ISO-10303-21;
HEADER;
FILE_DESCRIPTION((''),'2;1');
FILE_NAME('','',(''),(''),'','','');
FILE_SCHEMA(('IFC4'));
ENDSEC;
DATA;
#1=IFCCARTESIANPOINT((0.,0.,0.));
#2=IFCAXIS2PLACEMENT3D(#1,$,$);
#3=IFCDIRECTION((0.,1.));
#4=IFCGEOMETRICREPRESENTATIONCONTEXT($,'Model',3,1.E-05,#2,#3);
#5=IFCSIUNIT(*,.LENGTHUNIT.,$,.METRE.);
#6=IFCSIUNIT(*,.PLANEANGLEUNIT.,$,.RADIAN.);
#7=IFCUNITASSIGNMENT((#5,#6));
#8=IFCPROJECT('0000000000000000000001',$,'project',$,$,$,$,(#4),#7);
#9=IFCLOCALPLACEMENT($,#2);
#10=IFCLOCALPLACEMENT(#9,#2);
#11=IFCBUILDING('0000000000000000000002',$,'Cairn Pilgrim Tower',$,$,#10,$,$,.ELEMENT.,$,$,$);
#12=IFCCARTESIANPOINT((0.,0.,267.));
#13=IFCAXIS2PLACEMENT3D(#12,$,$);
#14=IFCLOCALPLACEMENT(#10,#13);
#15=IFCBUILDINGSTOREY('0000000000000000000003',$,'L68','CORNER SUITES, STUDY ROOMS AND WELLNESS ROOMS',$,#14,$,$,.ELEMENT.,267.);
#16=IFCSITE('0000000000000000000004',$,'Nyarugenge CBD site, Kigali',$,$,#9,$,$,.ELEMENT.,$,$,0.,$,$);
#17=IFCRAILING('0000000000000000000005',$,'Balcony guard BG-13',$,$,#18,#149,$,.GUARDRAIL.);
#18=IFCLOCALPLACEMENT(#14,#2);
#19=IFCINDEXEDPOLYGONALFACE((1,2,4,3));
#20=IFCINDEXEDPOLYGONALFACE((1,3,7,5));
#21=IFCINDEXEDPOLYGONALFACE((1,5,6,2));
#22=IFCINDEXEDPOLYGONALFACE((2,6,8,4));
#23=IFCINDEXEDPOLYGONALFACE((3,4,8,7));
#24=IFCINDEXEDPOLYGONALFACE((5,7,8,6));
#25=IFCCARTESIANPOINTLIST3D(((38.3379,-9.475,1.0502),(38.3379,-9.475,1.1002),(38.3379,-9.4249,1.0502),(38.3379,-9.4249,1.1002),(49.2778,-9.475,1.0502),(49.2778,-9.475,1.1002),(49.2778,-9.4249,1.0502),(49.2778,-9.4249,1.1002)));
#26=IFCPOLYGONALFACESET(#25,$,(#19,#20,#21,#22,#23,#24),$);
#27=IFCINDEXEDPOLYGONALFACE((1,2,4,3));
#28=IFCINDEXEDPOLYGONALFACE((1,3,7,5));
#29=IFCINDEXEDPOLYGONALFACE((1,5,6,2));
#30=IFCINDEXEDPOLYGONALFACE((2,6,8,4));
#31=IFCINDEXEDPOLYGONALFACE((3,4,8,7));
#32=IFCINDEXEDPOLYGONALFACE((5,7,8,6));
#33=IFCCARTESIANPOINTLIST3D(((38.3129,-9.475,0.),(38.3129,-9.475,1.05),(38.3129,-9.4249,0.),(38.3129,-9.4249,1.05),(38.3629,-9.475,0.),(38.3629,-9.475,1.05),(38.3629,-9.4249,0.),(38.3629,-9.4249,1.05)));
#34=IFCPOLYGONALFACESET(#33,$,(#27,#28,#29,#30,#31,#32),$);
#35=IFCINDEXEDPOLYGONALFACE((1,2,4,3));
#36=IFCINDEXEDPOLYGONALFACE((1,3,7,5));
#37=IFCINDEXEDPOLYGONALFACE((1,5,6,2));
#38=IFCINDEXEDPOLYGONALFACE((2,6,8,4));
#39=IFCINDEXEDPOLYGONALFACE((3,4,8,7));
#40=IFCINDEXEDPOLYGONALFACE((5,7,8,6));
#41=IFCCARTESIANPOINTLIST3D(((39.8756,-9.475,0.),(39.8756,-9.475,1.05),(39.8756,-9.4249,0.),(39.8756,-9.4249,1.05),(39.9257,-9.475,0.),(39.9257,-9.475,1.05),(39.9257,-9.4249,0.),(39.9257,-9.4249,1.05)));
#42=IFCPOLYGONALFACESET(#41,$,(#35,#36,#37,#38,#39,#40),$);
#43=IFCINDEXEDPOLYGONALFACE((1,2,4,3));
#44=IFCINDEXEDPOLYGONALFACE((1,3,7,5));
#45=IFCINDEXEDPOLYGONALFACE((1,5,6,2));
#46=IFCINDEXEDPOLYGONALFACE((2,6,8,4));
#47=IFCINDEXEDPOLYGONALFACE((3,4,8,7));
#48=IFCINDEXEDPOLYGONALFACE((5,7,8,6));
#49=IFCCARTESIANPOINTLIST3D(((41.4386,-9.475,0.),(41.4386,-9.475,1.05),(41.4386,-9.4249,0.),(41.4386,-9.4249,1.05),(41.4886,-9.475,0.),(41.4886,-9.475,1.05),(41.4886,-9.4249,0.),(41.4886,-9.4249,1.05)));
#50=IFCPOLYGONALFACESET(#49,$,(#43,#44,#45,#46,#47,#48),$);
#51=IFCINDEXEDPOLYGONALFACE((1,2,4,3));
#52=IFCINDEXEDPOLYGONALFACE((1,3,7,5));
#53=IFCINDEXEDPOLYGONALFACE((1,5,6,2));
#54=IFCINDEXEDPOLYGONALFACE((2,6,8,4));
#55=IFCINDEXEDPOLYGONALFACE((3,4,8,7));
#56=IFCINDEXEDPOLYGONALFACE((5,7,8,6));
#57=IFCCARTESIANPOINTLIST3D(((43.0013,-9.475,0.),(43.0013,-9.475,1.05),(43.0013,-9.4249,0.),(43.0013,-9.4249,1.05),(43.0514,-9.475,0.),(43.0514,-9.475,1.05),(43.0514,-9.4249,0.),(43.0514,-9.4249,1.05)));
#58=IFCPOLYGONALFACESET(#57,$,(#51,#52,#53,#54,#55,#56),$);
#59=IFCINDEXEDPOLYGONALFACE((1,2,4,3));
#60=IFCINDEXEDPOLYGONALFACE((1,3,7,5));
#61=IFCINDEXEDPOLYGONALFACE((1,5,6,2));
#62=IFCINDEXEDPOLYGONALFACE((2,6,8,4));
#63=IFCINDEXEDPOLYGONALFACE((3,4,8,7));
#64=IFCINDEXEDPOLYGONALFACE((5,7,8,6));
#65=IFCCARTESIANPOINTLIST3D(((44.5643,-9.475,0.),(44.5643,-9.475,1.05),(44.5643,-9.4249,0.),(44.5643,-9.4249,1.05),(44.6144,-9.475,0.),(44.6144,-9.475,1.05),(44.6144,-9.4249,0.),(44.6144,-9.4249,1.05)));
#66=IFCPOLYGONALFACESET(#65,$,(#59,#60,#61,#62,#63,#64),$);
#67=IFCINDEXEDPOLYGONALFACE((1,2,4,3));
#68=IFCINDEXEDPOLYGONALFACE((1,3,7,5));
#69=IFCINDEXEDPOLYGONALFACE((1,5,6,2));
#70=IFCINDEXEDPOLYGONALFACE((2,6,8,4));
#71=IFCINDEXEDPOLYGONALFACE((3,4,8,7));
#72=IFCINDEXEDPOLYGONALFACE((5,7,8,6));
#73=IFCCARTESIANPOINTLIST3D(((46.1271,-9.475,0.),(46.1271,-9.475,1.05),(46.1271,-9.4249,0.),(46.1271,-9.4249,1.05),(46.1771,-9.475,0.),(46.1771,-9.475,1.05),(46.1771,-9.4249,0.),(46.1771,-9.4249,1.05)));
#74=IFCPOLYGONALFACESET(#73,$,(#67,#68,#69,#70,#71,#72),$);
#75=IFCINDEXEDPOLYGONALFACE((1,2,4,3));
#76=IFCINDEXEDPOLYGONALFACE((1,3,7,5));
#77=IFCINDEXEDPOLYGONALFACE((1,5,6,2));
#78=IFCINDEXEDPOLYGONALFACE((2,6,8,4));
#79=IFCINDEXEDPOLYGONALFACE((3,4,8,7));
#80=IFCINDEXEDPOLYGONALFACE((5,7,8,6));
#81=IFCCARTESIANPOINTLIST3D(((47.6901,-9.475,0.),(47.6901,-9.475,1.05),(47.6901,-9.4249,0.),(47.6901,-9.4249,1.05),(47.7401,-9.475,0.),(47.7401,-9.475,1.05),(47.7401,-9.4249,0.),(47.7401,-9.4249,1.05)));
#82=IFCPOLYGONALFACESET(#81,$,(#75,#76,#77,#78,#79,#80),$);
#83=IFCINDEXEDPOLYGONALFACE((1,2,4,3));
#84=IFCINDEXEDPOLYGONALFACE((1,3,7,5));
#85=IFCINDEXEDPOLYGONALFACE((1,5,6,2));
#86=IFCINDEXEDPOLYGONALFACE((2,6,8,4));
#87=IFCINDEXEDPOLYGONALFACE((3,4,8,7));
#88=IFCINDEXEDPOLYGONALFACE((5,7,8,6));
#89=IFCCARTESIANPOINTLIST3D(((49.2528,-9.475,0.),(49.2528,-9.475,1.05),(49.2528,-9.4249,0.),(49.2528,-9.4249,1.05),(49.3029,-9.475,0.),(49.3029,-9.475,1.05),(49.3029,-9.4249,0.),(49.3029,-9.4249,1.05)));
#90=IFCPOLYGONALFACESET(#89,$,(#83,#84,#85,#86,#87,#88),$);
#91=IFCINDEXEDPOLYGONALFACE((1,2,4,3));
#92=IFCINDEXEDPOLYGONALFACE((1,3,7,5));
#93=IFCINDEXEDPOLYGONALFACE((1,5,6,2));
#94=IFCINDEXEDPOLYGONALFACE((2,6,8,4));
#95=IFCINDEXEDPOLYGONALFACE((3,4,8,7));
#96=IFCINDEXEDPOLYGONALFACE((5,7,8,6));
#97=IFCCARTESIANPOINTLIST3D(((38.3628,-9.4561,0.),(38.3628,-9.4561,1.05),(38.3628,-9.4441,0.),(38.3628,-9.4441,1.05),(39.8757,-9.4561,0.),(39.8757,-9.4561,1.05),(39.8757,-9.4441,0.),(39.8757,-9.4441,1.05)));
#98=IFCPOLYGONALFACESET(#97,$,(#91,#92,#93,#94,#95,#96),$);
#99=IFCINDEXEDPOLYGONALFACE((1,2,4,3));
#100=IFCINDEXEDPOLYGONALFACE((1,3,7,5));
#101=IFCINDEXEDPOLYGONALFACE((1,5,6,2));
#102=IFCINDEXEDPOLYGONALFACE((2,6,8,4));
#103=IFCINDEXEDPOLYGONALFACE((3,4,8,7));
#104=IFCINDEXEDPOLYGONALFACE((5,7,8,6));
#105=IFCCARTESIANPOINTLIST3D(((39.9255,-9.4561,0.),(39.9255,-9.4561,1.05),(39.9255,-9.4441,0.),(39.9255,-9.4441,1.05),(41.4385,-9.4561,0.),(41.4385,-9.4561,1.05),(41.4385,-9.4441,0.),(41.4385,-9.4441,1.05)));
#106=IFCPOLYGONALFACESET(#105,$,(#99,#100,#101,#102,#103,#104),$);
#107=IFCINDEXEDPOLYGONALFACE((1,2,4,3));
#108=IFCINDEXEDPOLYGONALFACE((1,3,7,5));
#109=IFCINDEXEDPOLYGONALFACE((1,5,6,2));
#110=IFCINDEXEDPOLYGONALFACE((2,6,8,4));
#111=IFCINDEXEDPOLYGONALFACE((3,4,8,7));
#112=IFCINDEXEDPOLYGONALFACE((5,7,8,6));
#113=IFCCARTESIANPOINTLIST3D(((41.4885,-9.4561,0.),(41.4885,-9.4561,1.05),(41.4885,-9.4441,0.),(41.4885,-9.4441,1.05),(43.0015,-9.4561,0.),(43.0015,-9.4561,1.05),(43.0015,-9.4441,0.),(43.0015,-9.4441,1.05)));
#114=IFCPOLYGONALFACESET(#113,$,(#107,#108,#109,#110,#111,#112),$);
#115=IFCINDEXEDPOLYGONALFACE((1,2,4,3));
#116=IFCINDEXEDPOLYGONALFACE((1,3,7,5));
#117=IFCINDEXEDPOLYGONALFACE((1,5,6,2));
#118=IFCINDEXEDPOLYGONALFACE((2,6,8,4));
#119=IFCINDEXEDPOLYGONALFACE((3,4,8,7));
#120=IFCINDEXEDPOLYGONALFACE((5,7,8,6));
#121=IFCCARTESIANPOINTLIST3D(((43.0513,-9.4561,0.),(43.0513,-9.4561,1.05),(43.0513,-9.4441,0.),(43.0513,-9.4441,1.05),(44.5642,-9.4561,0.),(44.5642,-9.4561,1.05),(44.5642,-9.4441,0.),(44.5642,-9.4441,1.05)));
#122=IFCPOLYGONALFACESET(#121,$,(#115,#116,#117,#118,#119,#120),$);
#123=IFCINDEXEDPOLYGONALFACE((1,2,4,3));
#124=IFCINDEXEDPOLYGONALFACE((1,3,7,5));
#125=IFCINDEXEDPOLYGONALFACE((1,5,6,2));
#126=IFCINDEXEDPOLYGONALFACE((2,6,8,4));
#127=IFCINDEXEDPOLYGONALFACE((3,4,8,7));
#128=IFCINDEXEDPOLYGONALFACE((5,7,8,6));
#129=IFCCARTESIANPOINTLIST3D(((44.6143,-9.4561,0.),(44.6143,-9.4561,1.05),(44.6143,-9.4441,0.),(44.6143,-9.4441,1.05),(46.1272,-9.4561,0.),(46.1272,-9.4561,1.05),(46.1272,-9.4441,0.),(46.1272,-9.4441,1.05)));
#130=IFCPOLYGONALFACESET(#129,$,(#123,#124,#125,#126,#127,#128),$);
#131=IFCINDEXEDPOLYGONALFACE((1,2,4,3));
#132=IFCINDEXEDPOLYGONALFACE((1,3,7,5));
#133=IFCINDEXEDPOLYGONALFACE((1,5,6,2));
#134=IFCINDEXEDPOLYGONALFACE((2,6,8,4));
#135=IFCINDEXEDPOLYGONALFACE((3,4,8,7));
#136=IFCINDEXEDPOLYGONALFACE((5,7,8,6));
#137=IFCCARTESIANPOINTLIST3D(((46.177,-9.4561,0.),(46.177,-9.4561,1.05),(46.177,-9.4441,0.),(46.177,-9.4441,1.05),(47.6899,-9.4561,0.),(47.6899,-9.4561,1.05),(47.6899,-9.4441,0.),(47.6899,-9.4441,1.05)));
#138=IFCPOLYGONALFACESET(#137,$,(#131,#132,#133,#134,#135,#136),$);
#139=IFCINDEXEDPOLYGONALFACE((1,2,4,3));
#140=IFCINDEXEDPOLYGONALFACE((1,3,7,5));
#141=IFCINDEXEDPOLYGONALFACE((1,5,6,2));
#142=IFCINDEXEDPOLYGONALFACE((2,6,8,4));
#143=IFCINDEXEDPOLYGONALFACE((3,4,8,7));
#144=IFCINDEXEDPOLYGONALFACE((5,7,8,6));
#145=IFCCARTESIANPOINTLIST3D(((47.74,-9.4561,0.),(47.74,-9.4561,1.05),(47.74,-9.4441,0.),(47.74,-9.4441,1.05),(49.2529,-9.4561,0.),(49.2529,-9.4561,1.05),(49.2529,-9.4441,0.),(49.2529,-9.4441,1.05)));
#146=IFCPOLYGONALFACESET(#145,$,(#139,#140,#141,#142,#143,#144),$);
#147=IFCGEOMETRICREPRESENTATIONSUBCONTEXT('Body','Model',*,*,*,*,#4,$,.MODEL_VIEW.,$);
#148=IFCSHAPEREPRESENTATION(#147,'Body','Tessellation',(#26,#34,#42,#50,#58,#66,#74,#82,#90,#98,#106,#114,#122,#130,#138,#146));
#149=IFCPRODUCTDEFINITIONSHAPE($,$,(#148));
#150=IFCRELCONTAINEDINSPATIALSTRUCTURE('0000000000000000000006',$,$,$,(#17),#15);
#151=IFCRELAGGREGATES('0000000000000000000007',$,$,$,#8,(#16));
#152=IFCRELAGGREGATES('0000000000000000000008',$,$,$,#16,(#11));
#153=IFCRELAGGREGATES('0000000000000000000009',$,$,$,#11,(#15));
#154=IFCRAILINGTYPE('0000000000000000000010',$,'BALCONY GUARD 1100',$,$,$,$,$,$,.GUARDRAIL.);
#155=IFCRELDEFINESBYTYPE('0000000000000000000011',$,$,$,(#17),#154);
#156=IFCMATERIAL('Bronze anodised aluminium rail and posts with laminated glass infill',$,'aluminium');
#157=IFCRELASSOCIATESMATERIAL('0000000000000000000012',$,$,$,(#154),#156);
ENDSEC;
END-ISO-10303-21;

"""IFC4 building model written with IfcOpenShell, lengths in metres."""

from ifc_helpers import new_model, si_unit, direction, frame, origin, origin_2d, place, context, subcontext, project, spatial, polyline, rectangle, outline, extrude, material, type_object, element, save


model = new_model("IFC4")

# Units and contexts
model_context = context("Model", 3, precision=1e-05, world=origin(), true_north=direction((0.0, 1.0)))
body_context = subcontext(model_context, "Body", "Model", "MODEL_VIEW")
ifc_project = project(units=[si_unit("LENGTHUNIT", "METRE"), si_unit("PLANEANGLEUNIT", "RADIAN")], contexts=[model_context])

# Site, building, storey
site_placement = place(None, origin())
site = spatial("IfcSite", under=ifc_project, at=site_placement, Name="Nyarugenge CBD site, Kigali", CompositionType="ELEMENT", RefElevation=0.0)
building_placement = place(site_placement, origin())
building = spatial("IfcBuilding", under=site, at=building_placement, Name="Cairn Pilgrim Tower", CompositionType="ELEMENT")
storey_placement = place(building_placement, frame((0.0, 0.0, 267.0)))
storey = spatial("IfcBuildingStorey", under=building, at=storey_placement, Name="L68", Description="CORNER SUITES, STUDY ROOMS AND WELLNESS ROOMS", CompositionType="ELEMENT", Elevation=267.0)

# Railing
ifc_material_1 = material(Name="Bronze anodised aluminium rail and posts with laminated glass infill", Category="aluminium")
railing_type = type_object("IfcRailingType", Name="BALCONY GUARD 1100", PredefinedType="GUARDRAIL", material=ifc_material_1)
railing_placement = place(storey_placement, frame((38.3379, -9.45, 0.0)))
element("IfcRailing", 1, at=railing_placement, inside=storey, type_object=railing_type, Name="Balcony guard BG-13", PredefinedType="GUARDRAIL", context=body_context, shape_type="SweptSolid", body=[
    extrude(rectangle(XDim=0.05, YDim=0.05, at=origin_2d()), frame((0.0, 0.0, 1.0752), z_axis=(1.0, 0.0, 0.0), x_axis=(0.0, 1.0, 0.0)), (0.0, 0.0, 1.0), 10.9399),
    extrude(rectangle(XDim=0.05, YDim=0.05, at=origin_2d()), origin(), (0.0, 0.0, 1.0), 1.05),
    extrude(rectangle(XDim=0.05, YDim=0.05, at=origin_2d()), frame((1.5627, 0.0, 0.0)), (0.0, 0.0, 1.0), 1.05),
    extrude(rectangle(XDim=0.05, YDim=0.05, at=origin_2d()), frame((3.1257, 0.0, 0.0)), (0.0, 0.0, 1.0), 1.05),
    extrude(rectangle(XDim=0.05, YDim=0.05, at=origin_2d()), frame((4.6885, 0.0, 0.0)), (0.0, 0.0, 1.0), 1.05),
    extrude(rectangle(XDim=0.05, YDim=0.05, at=origin_2d()), frame((6.2515, 0.0, 0.0)), (0.0, 0.0, 1.0), 1.05),
    extrude(rectangle(XDim=0.05, YDim=0.05, at=origin_2d()), frame((7.8142, 0.0, 0.0)), (0.0, 0.0, 1.0), 1.05),
    extrude(rectangle(XDim=0.05, YDim=0.05, at=origin_2d()), frame((9.3772, 0.0, 0.0)), (0.0, 0.0, 1.0), 1.05),
    extrude(rectangle(XDim=0.05, YDim=0.05, at=origin_2d()), frame((10.9399, 0.0, 0.0)), (0.0, 0.0, 1.0), 1.05),
    extrude(outline(polyline([(0.0249, 0.0), (1.5378, 0.0), (1.5378, 1.05), (0.0249, 1.05), (0.0249, 0.0)])), frame((0.0, 0.0059, 0.0), z_axis=(0.0, -1.0, 0.0), x_axis=(1.0, 0.0, 0.0)), (0.0, 0.0, 1.0), 0.012),
    extrude(outline(polyline([(0.0249, 0.0), (1.5378, 0.0), (1.5378, 1.05), (0.0249, 1.05), (0.0249, 0.0)])), frame((1.5627, 0.0059, 0.0), z_axis=(0.0, -1.0, 0.0), x_axis=(1.0, 0.0, 0.0)), (0.0, 0.0, 1.0), 0.012),
    extrude(outline(polyline([(0.0249, 0.0), (1.5378, 0.0), (1.5378, 1.05), (0.0249, 1.05), (0.0249, 0.0)])), frame((3.1257, 0.0059, 0.0), z_axis=(0.0, -1.0, 0.0), x_axis=(1.0, 0.0, 0.0)), (0.0, 0.0, 1.0), 0.012),
    extrude(outline(polyline([(0.0249, 0.0), (1.5378, 0.0), (1.5378, 1.05), (0.0249, 1.05), (0.0249, 0.0)])), frame((4.6885, 0.0059, 0.0), z_axis=(0.0, -1.0, 0.0), x_axis=(1.0, 0.0, 0.0)), (0.0, 0.0, 1.0), 0.012),
    extrude(outline(polyline([(0.0249, 0.0), (1.5378, 0.0), (1.5378, 1.05), (0.0249, 1.05), (0.0249, 0.0)])), frame((6.2515, 0.0059, 0.0), z_axis=(0.0, -1.0, 0.0), x_axis=(1.0, 0.0, 0.0)), (0.0, 0.0, 1.0), 0.012),
    extrude(outline(polyline([(0.0249, 0.0), (1.5378, 0.0), (1.5378, 1.05), (0.0249, 1.05), (0.0249, 0.0)])), frame((7.8142, 0.0059, 0.0), z_axis=(0.0, -1.0, 0.0), x_axis=(1.0, 0.0, 0.0)), (0.0, 0.0, 1.0), 0.012),
    extrude(outline(polyline([(0.0249, 0.0), (1.5378, 0.0), (1.5378, 1.05), (0.0249, 1.05), (0.0249, 0.0)])), frame((9.3772, 0.0059, 0.0), z_axis=(0.0, -1.0, 0.0), x_axis=(1.0, 0.0, 0.0)), (0.0, 0.0, 1.0), 0.012),
])

save(model, "model.ifc")
